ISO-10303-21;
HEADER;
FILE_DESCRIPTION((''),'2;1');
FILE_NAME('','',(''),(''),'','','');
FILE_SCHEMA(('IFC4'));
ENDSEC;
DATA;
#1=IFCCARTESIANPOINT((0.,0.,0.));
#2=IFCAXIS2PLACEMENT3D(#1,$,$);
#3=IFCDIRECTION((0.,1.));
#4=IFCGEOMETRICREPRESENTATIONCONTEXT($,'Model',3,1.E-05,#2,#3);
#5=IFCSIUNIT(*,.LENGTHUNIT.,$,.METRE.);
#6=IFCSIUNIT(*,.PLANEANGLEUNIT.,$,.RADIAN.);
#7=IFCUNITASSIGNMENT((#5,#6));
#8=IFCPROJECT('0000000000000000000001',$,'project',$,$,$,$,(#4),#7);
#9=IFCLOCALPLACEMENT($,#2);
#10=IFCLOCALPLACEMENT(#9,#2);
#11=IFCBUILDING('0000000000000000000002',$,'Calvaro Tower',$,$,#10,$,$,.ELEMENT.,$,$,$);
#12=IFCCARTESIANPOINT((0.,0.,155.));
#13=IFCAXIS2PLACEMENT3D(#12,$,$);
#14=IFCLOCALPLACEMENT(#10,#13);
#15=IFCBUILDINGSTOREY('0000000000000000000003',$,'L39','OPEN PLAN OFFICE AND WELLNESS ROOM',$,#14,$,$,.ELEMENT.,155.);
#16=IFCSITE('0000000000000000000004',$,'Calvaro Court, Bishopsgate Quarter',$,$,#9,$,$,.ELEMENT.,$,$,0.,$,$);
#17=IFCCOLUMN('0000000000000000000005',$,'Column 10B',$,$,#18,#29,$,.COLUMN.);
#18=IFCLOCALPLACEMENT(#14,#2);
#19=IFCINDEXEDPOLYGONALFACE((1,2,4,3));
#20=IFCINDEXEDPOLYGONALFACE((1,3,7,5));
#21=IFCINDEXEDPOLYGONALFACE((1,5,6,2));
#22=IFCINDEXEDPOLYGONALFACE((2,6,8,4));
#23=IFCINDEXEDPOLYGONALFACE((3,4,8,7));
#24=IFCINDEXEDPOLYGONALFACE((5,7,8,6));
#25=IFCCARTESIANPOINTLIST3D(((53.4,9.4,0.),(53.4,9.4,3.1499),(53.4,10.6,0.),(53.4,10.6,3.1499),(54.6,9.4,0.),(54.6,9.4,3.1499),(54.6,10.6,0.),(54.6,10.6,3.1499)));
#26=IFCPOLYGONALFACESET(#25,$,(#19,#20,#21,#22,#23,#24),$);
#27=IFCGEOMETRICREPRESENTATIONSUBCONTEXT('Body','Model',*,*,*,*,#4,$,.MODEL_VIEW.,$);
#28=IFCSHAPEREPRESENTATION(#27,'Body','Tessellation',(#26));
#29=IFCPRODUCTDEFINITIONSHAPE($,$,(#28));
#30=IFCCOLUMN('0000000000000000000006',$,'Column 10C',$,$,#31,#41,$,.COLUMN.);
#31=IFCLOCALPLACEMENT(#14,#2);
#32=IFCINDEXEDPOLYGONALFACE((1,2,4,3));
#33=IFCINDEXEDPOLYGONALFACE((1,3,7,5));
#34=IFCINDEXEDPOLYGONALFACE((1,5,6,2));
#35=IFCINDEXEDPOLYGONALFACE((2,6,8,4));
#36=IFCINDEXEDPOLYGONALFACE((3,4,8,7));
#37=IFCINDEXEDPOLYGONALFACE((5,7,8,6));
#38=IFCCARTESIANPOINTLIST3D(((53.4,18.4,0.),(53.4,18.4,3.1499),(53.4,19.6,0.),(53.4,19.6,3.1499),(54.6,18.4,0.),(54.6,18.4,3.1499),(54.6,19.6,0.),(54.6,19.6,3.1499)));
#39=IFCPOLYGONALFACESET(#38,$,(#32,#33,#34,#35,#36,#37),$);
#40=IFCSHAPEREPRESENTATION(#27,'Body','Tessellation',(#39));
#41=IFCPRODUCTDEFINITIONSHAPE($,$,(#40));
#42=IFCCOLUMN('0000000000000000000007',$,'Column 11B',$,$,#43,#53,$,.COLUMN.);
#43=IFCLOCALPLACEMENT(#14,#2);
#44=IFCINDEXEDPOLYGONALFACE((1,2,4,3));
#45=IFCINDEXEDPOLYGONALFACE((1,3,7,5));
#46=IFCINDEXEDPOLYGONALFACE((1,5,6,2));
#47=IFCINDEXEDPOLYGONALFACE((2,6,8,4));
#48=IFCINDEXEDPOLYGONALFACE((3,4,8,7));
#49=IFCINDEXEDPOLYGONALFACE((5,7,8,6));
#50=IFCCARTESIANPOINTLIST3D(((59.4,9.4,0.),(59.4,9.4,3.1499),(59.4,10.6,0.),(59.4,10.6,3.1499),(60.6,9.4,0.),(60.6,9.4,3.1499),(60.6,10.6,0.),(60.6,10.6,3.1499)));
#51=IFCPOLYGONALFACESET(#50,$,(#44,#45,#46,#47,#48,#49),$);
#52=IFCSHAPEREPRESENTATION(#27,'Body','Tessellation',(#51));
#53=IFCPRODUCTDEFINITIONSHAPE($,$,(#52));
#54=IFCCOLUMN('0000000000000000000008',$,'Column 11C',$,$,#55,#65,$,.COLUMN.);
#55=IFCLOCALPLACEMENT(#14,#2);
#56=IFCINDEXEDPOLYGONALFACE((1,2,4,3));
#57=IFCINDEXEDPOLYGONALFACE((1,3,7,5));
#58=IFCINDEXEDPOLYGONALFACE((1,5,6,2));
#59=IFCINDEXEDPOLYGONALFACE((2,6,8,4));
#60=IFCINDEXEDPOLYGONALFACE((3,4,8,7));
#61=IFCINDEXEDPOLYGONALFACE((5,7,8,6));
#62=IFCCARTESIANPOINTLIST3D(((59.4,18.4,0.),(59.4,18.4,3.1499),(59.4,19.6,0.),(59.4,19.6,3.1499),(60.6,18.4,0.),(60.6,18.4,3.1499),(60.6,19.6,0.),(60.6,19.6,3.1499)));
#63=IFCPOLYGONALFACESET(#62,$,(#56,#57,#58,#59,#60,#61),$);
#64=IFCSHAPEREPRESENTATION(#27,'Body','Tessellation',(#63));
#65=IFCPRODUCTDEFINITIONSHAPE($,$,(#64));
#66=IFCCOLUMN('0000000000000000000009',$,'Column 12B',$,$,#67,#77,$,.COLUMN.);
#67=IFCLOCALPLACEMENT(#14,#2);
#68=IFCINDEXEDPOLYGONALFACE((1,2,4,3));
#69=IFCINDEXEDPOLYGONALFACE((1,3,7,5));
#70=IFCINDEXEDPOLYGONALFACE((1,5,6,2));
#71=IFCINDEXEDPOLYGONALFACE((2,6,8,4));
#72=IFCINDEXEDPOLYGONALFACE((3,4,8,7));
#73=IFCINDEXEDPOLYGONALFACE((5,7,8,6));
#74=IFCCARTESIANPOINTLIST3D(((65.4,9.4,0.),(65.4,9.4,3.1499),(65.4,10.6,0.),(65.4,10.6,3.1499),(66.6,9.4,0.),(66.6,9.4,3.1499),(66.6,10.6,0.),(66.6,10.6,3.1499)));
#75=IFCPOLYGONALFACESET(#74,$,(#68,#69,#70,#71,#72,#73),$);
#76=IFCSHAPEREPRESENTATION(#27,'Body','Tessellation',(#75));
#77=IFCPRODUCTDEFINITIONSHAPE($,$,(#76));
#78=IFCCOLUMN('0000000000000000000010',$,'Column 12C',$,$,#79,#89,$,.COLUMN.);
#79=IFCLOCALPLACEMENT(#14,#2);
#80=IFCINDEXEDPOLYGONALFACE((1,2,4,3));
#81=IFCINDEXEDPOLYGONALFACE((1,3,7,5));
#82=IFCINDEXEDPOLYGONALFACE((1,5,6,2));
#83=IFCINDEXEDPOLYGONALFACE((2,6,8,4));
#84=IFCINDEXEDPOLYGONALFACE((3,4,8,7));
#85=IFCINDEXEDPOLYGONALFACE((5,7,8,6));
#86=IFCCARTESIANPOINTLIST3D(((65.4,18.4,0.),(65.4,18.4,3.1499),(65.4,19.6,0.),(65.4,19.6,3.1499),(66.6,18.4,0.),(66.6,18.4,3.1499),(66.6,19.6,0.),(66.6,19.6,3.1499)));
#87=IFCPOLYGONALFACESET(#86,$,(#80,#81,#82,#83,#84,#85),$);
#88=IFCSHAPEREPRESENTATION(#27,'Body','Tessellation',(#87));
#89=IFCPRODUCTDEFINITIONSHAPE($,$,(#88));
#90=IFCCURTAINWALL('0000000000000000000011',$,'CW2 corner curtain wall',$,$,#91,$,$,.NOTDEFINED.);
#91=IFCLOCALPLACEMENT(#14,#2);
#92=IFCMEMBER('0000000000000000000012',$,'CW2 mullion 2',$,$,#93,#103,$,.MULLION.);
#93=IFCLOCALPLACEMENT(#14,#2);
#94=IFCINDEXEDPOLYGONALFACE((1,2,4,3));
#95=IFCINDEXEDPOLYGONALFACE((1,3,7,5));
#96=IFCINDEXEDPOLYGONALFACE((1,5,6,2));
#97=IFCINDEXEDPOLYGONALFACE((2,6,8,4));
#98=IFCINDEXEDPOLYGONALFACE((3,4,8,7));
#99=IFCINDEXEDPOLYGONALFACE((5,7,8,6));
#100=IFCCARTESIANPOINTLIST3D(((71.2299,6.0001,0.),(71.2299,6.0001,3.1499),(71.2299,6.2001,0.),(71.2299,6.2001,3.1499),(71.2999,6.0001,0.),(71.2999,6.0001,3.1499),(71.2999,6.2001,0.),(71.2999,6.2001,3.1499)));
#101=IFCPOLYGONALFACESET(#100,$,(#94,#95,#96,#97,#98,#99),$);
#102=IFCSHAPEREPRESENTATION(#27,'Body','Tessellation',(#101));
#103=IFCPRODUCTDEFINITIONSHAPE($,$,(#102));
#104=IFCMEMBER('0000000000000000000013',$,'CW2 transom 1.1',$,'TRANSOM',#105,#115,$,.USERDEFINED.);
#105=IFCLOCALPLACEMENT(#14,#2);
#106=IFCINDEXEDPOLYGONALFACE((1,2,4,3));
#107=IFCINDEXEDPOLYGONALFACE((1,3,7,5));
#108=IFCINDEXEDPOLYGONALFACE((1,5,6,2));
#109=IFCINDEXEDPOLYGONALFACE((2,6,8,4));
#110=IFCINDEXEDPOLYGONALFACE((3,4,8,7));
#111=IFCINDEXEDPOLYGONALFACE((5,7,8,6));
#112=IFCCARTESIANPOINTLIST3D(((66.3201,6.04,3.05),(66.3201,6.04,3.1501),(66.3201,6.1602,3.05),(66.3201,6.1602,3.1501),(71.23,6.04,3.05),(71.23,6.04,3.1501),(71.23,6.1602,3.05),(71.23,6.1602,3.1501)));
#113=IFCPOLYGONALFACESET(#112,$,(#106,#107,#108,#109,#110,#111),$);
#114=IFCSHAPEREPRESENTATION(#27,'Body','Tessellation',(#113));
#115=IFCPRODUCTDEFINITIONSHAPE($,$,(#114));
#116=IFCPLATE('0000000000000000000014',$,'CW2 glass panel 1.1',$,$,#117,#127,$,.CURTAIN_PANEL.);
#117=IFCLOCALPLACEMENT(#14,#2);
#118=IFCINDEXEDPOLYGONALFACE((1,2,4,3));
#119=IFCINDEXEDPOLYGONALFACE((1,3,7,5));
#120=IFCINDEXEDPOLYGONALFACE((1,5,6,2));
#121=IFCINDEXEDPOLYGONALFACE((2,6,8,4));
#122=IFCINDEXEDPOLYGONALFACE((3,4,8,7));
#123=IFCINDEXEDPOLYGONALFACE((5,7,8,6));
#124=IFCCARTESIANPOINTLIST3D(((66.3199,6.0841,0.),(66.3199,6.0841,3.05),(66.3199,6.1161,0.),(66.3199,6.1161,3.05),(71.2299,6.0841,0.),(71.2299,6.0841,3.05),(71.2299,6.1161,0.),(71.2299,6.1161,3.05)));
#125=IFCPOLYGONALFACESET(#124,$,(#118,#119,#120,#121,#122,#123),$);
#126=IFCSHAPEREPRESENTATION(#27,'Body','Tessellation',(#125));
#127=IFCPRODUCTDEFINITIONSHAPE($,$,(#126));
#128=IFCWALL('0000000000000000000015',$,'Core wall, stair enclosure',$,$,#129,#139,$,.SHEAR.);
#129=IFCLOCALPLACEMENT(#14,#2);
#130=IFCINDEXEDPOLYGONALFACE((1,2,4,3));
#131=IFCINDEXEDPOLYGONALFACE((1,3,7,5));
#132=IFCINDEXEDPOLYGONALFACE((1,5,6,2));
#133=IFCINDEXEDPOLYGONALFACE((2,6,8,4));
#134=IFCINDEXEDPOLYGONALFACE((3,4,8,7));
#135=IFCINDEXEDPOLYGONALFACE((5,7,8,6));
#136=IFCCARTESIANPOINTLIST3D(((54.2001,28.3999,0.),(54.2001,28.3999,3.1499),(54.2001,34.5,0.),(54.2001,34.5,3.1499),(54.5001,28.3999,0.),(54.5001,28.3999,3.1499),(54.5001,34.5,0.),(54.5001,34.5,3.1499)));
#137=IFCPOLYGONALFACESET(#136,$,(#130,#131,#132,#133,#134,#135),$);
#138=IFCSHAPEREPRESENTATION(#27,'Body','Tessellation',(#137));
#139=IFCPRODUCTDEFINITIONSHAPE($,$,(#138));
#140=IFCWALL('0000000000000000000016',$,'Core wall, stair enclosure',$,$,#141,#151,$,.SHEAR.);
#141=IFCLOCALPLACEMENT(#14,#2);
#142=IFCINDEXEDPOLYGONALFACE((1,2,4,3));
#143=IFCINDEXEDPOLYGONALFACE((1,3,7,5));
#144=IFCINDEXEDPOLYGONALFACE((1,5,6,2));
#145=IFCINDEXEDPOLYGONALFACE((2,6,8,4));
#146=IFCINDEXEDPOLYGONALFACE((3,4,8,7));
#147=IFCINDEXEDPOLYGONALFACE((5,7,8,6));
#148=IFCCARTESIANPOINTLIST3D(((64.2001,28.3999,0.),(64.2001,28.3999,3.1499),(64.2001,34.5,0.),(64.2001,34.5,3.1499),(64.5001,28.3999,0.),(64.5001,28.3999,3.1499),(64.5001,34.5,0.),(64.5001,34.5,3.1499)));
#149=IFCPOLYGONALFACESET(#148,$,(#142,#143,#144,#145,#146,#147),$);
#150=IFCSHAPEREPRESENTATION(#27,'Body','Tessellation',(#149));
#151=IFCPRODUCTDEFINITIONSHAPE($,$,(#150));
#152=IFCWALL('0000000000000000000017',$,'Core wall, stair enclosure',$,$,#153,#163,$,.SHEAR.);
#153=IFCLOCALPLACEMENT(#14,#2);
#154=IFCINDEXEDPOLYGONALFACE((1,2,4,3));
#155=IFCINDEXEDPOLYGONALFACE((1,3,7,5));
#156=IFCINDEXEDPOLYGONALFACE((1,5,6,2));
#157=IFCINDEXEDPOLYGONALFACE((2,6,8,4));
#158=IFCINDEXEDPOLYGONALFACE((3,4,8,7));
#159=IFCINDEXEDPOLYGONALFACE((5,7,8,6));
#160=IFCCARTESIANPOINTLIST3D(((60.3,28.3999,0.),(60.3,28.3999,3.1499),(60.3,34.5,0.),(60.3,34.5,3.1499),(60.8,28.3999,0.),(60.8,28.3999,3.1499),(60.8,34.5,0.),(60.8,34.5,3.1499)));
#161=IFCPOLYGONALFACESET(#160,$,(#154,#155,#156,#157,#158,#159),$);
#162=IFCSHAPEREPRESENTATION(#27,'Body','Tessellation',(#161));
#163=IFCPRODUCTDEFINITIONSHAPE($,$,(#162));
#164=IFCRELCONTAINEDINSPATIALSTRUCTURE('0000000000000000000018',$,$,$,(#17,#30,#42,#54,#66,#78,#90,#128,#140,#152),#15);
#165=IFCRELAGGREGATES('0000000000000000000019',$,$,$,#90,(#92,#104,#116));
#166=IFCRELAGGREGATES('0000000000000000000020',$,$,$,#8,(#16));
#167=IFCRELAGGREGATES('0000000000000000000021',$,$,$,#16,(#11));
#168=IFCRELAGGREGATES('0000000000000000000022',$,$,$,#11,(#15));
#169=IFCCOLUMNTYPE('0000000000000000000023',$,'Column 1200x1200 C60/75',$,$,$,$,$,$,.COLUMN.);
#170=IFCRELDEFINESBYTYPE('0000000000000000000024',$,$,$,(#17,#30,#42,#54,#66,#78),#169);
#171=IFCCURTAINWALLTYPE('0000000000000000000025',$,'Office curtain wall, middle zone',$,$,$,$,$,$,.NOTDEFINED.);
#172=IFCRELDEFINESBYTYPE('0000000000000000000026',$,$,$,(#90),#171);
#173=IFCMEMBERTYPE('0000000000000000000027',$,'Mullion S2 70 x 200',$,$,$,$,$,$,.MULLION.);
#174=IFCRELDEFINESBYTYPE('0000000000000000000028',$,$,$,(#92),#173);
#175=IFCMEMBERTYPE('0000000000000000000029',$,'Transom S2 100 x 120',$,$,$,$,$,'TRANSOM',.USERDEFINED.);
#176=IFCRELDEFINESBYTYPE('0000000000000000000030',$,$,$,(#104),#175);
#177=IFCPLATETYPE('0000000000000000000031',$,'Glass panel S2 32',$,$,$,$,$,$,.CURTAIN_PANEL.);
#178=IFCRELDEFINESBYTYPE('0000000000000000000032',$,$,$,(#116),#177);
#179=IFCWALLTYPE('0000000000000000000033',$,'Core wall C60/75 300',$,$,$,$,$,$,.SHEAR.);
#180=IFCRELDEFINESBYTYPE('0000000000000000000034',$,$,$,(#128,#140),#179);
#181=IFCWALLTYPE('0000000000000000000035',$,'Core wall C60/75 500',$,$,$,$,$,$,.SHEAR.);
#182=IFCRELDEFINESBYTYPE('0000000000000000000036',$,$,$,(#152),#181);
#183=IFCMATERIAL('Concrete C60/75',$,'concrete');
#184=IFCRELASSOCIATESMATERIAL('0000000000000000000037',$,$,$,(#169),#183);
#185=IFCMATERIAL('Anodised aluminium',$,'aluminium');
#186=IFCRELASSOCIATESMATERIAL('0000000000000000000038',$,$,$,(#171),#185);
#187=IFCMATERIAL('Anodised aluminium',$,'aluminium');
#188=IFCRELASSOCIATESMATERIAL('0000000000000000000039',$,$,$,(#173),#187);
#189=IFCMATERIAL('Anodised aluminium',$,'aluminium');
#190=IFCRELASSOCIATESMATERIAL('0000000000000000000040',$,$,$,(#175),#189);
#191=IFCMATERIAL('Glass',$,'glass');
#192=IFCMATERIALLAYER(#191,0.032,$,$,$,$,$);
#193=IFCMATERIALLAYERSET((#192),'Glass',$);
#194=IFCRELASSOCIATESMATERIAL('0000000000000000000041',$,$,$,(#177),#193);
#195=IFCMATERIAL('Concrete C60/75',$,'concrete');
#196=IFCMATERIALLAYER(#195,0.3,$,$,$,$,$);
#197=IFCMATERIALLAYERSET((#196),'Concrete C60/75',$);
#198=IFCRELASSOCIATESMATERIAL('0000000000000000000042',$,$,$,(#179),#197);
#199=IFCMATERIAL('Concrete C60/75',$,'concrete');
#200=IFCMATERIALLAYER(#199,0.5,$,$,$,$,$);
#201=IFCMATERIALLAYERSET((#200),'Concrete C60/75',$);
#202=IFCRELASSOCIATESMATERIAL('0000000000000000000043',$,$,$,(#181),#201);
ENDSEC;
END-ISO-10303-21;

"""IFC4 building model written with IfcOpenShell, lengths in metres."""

from ifc_helpers import new_model, si_unit, direction, frame, frame_2d, origin, origin_2d, place, context, subcontext, project, spatial, rectangle, extrude, material, layer, layer_set, material_profile, profile_set, type_object, element, aggregate, save


model = new_model("IFC4")

# Units and contexts
model_context = context("Model", 3, precision=1e-05, world=origin(), true_north=direction((0.0, 1.0)))
body_context = subcontext(model_context, "Body", "Model", "MODEL_VIEW")
ifc_project = project(units=[si_unit("LENGTHUNIT", "METRE"), si_unit("PLANEANGLEUNIT", "RADIAN")], contexts=[model_context])

# Site, building, storey
site_placement = place(None, origin())
site = spatial("IfcSite", under=ifc_project, at=site_placement, Name="Calvaro Court, Bishopsgate Quarter", CompositionType="ELEMENT", RefElevation=0.0)
building_placement = place(site_placement, origin())
building = spatial("IfcBuilding", under=site, at=building_placement, Name="Calvaro Tower", CompositionType="ELEMENT")
storey_placement = place(building_placement, frame((0.0, 0.0, 155.0)))
storey = spatial("IfcBuildingStorey", under=building, at=storey_placement, Name="L39", Description="OPEN PLAN OFFICE AND WELLNESS ROOM", CompositionType="ELEMENT", Elevation=155.0)

# Columns
ifc_material_1 = material(Name="Concrete C60/75", Category="concrete")
ifc_material_profile_1 = material_profile(ifc_material_1, rectangle(XDim=1.2, YDim=1.2, at=origin_2d()), Name="RC 1200x1200")
ifc_profile_set_1 = profile_set([ifc_material_profile_1], Name="Concrete C60/75")
column_type = type_object("IfcColumnType", Name="Column 1200x1200 C60/75", PredefinedType="COLUMN", material=ifc_profile_set_1)
for number, where, z_axis, x_axis, name in (
    (1, (54.0, 10.0, 0.0), (0.0, 0.0, 1.0), (1.0, 0.0, 0.0), "Column 10B"),
    (2, (54.0, 19.0, 0.0), (0.0, 0.0, 1.0), (1.0, 0.0, 0.0), "Column 10C"),
    (3, (60.0, 10.0, 0.0), (0.0, 0.0, 1.0), (1.0, 0.0, 0.0), "Column 11B"),
    (4, (60.0, 19.0, 0.0), (0.0, 0.0, 1.0), (1.0, 0.0, 0.0), "Column 11C"),
    (5, (66.0, 10.0, 0.0), (0.0, 0.0, 1.0), (1.0, 0.0, 0.0), "Column 12B"),
    (6, (66.0, 19.0, 0.0), (0.0, 0.0, 1.0), (1.0, 0.0, 0.0), "Column 12C"),
):
    element("IfcColumn", number, at=place(storey_placement, frame(where, z_axis=z_axis, x_axis=x_axis)), inside=storey, type_object=column_type, Name=name, PredefinedType="COLUMN", context=body_context, shape_type="SweptSolid", body=[
        extrude(rectangle(XDim=1.2, YDim=1.2, at=origin_2d()), origin(), (0.0, 0.0, 1.0), 3.1499),
    ])

# Curtain wall, members, plate
ifc_material_2 = material(Name="Anodised aluminium", Category="aluminium")
curtain_wall_type = type_object("IfcCurtainWallType", Name="Office curtain wall, middle zone", PredefinedType="NOTDEFINED", material=ifc_material_2)
curtain_wall_placement = place(storey_placement, origin())
curtain_wall = element("IfcCurtainWall", 7, at=curtain_wall_placement, inside=storey, type_object=curtain_wall_type, Name="CW2 corner curtain wall", PredefinedType="NOTDEFINED")
ifc_material_3 = material(Name="Anodised aluminium", Category="aluminium")
ifc_material_profile_2 = material_profile(ifc_material_3, rectangle(XDim=0.2, YDim=0.0701, at=origin_2d()), Name="Mullion S2 70 x 200")
ifc_profile_set_2 = profile_set([ifc_material_profile_2], Name="Anodised aluminium")
member_type_1 = type_object("IfcMemberType", Name="Mullion S2 70 x 200", PredefinedType="MULLION", material=ifc_profile_set_2)
member_1_placement = place(storey_placement, frame((71.2649, 6.1001, 0.0), z_axis=(0.0, 0.0, 1.0), x_axis=(0.0, 1.0, 0.0)))
member_1 = element("IfcMember", 8, at=member_1_placement, type_object=member_type_1, Name="CW2 mullion 2", PredefinedType="MULLION", context=body_context, shape_type="SweptSolid", body=[
    extrude(rectangle(XDim=0.2, YDim=0.0701, at=origin_2d()), origin(), (0.0, 0.0, 1.0), 3.1499),
])
ifc_material_4 = material(Name="Anodised aluminium", Category="aluminium")
ifc_material_profile_3 = material_profile(ifc_material_4, rectangle(XDim=0.1201, YDim=0.1001, at=origin_2d()), Name="Transom S2 100 x 120")
ifc_profile_set_3 = profile_set([ifc_material_profile_3], Name="Anodised aluminium")
member_type_2 = type_object("IfcMemberType", Name="Transom S2 100 x 120", ElementType="TRANSOM", PredefinedType="USERDEFINED", material=ifc_profile_set_3)
member_2_placement = place(storey_placement, frame((66.3201, 6.1001, 3.1001), z_axis=(1.0, 0.0, 0.0), x_axis=(0.0, 1.0, 0.0)))
member_2 = element("IfcMember", 9, at=member_2_placement, type_object=member_type_2, Name="CW2 transom 1.1", ObjectType="TRANSOM", PredefinedType="USERDEFINED", context=body_context, shape_type="SweptSolid", body=[
    extrude(rectangle(XDim=0.1201, YDim=0.1001, at=origin_2d()), origin(), (0.0, 0.0, 1.0), 4.9099),
])
ifc_material_5 = material(Name="Glass", Category="glass")
ifc_layer_1 = layer(ifc_material_5, 0.032)
ifc_layer_set_1 = layer_set([ifc_layer_1], Name="Glass")
plate_type = type_object("IfcPlateType", Name="Glass panel S2 32", PredefinedType="CURTAIN_PANEL", material=ifc_layer_set_1)
plate_placement = place(storey_placement, frame((68.7749, 6.1001, 0.0), z_axis=(0.0, 0.0, 1.0), x_axis=(1.0, 0.0, 0.0)))
plate = element("IfcPlate", 10, at=plate_placement, type_object=plate_type, Name="CW2 glass panel 1.1", PredefinedType="CURTAIN_PANEL", context=body_context, shape_type="SweptSolid", body=[
    extrude(rectangle(XDim=4.9099, YDim=0.032, at=origin_2d()), origin(), (0.0, 0.0, 1.0), 3.05),
])
aggregate(curtain_wall, [member_1, member_2, plate])

# Walls
ifc_material_6 = material(Name="Concrete C60/75", Category="concrete")
ifc_layer_2 = layer(ifc_material_6, 0.3)
ifc_layer_set_2 = layer_set([ifc_layer_2], Name="Concrete C60/75")
wall_type_1 = type_object("IfcWallType", Name="Core wall C60/75 300", PredefinedType="SHEAR", material=ifc_layer_set_2)
for number, where, z_axis, x_axis, name in (
    (11, (54.3501, 28.3999, 0.0), (0.0, 0.0, 1.0), (0.0, 1.0, 0.0), "Core wall, stair enclosure"),
    (12, (64.3501, 28.3999, 0.0), (0.0, 0.0, 1.0), (0.0, 1.0, 0.0), "Core wall, stair enclosure"),
):
    element("IfcWall", number, at=place(storey_placement, frame(where, z_axis=z_axis, x_axis=x_axis)), inside=storey, type_object=wall_type_1, Name=name, PredefinedType="SHEAR", context=body_context, shape_type="SweptSolid", body=[
        extrude(rectangle(XDim=6.1001, YDim=0.3, at=frame_2d((3.05, 0.0))), origin(), (0.0, 0.0, 1.0), 3.1499),
    ])
ifc_material_7 = material(Name="Concrete C60/75", Category="concrete")
ifc_layer_3 = layer(ifc_material_7, 0.5)
ifc_layer_set_3 = layer_set([ifc_layer_3], Name="Concrete C60/75")
wall_type_2 = type_object("IfcWallType", Name="Core wall C60/75 500", PredefinedType="SHEAR", material=ifc_layer_set_3)
wall_1_placement = place(storey_placement, frame((60.55, 28.3999, 0.0), z_axis=(0.0, 0.0, 1.0), x_axis=(0.0, 1.0, 0.0)))
element("IfcWall", 13, at=wall_1_placement, inside=storey, type_object=wall_type_2, Name="Core wall, stair enclosure", PredefinedType="SHEAR", context=body_context, shape_type="SweptSolid", body=[
    extrude(rectangle(XDim=6.1001, YDim=0.5, at=frame_2d((3.05, 0.0))), origin(), (0.0, 0.0, 1.0), 3.1499),
])

save(model, "model.ifc")
